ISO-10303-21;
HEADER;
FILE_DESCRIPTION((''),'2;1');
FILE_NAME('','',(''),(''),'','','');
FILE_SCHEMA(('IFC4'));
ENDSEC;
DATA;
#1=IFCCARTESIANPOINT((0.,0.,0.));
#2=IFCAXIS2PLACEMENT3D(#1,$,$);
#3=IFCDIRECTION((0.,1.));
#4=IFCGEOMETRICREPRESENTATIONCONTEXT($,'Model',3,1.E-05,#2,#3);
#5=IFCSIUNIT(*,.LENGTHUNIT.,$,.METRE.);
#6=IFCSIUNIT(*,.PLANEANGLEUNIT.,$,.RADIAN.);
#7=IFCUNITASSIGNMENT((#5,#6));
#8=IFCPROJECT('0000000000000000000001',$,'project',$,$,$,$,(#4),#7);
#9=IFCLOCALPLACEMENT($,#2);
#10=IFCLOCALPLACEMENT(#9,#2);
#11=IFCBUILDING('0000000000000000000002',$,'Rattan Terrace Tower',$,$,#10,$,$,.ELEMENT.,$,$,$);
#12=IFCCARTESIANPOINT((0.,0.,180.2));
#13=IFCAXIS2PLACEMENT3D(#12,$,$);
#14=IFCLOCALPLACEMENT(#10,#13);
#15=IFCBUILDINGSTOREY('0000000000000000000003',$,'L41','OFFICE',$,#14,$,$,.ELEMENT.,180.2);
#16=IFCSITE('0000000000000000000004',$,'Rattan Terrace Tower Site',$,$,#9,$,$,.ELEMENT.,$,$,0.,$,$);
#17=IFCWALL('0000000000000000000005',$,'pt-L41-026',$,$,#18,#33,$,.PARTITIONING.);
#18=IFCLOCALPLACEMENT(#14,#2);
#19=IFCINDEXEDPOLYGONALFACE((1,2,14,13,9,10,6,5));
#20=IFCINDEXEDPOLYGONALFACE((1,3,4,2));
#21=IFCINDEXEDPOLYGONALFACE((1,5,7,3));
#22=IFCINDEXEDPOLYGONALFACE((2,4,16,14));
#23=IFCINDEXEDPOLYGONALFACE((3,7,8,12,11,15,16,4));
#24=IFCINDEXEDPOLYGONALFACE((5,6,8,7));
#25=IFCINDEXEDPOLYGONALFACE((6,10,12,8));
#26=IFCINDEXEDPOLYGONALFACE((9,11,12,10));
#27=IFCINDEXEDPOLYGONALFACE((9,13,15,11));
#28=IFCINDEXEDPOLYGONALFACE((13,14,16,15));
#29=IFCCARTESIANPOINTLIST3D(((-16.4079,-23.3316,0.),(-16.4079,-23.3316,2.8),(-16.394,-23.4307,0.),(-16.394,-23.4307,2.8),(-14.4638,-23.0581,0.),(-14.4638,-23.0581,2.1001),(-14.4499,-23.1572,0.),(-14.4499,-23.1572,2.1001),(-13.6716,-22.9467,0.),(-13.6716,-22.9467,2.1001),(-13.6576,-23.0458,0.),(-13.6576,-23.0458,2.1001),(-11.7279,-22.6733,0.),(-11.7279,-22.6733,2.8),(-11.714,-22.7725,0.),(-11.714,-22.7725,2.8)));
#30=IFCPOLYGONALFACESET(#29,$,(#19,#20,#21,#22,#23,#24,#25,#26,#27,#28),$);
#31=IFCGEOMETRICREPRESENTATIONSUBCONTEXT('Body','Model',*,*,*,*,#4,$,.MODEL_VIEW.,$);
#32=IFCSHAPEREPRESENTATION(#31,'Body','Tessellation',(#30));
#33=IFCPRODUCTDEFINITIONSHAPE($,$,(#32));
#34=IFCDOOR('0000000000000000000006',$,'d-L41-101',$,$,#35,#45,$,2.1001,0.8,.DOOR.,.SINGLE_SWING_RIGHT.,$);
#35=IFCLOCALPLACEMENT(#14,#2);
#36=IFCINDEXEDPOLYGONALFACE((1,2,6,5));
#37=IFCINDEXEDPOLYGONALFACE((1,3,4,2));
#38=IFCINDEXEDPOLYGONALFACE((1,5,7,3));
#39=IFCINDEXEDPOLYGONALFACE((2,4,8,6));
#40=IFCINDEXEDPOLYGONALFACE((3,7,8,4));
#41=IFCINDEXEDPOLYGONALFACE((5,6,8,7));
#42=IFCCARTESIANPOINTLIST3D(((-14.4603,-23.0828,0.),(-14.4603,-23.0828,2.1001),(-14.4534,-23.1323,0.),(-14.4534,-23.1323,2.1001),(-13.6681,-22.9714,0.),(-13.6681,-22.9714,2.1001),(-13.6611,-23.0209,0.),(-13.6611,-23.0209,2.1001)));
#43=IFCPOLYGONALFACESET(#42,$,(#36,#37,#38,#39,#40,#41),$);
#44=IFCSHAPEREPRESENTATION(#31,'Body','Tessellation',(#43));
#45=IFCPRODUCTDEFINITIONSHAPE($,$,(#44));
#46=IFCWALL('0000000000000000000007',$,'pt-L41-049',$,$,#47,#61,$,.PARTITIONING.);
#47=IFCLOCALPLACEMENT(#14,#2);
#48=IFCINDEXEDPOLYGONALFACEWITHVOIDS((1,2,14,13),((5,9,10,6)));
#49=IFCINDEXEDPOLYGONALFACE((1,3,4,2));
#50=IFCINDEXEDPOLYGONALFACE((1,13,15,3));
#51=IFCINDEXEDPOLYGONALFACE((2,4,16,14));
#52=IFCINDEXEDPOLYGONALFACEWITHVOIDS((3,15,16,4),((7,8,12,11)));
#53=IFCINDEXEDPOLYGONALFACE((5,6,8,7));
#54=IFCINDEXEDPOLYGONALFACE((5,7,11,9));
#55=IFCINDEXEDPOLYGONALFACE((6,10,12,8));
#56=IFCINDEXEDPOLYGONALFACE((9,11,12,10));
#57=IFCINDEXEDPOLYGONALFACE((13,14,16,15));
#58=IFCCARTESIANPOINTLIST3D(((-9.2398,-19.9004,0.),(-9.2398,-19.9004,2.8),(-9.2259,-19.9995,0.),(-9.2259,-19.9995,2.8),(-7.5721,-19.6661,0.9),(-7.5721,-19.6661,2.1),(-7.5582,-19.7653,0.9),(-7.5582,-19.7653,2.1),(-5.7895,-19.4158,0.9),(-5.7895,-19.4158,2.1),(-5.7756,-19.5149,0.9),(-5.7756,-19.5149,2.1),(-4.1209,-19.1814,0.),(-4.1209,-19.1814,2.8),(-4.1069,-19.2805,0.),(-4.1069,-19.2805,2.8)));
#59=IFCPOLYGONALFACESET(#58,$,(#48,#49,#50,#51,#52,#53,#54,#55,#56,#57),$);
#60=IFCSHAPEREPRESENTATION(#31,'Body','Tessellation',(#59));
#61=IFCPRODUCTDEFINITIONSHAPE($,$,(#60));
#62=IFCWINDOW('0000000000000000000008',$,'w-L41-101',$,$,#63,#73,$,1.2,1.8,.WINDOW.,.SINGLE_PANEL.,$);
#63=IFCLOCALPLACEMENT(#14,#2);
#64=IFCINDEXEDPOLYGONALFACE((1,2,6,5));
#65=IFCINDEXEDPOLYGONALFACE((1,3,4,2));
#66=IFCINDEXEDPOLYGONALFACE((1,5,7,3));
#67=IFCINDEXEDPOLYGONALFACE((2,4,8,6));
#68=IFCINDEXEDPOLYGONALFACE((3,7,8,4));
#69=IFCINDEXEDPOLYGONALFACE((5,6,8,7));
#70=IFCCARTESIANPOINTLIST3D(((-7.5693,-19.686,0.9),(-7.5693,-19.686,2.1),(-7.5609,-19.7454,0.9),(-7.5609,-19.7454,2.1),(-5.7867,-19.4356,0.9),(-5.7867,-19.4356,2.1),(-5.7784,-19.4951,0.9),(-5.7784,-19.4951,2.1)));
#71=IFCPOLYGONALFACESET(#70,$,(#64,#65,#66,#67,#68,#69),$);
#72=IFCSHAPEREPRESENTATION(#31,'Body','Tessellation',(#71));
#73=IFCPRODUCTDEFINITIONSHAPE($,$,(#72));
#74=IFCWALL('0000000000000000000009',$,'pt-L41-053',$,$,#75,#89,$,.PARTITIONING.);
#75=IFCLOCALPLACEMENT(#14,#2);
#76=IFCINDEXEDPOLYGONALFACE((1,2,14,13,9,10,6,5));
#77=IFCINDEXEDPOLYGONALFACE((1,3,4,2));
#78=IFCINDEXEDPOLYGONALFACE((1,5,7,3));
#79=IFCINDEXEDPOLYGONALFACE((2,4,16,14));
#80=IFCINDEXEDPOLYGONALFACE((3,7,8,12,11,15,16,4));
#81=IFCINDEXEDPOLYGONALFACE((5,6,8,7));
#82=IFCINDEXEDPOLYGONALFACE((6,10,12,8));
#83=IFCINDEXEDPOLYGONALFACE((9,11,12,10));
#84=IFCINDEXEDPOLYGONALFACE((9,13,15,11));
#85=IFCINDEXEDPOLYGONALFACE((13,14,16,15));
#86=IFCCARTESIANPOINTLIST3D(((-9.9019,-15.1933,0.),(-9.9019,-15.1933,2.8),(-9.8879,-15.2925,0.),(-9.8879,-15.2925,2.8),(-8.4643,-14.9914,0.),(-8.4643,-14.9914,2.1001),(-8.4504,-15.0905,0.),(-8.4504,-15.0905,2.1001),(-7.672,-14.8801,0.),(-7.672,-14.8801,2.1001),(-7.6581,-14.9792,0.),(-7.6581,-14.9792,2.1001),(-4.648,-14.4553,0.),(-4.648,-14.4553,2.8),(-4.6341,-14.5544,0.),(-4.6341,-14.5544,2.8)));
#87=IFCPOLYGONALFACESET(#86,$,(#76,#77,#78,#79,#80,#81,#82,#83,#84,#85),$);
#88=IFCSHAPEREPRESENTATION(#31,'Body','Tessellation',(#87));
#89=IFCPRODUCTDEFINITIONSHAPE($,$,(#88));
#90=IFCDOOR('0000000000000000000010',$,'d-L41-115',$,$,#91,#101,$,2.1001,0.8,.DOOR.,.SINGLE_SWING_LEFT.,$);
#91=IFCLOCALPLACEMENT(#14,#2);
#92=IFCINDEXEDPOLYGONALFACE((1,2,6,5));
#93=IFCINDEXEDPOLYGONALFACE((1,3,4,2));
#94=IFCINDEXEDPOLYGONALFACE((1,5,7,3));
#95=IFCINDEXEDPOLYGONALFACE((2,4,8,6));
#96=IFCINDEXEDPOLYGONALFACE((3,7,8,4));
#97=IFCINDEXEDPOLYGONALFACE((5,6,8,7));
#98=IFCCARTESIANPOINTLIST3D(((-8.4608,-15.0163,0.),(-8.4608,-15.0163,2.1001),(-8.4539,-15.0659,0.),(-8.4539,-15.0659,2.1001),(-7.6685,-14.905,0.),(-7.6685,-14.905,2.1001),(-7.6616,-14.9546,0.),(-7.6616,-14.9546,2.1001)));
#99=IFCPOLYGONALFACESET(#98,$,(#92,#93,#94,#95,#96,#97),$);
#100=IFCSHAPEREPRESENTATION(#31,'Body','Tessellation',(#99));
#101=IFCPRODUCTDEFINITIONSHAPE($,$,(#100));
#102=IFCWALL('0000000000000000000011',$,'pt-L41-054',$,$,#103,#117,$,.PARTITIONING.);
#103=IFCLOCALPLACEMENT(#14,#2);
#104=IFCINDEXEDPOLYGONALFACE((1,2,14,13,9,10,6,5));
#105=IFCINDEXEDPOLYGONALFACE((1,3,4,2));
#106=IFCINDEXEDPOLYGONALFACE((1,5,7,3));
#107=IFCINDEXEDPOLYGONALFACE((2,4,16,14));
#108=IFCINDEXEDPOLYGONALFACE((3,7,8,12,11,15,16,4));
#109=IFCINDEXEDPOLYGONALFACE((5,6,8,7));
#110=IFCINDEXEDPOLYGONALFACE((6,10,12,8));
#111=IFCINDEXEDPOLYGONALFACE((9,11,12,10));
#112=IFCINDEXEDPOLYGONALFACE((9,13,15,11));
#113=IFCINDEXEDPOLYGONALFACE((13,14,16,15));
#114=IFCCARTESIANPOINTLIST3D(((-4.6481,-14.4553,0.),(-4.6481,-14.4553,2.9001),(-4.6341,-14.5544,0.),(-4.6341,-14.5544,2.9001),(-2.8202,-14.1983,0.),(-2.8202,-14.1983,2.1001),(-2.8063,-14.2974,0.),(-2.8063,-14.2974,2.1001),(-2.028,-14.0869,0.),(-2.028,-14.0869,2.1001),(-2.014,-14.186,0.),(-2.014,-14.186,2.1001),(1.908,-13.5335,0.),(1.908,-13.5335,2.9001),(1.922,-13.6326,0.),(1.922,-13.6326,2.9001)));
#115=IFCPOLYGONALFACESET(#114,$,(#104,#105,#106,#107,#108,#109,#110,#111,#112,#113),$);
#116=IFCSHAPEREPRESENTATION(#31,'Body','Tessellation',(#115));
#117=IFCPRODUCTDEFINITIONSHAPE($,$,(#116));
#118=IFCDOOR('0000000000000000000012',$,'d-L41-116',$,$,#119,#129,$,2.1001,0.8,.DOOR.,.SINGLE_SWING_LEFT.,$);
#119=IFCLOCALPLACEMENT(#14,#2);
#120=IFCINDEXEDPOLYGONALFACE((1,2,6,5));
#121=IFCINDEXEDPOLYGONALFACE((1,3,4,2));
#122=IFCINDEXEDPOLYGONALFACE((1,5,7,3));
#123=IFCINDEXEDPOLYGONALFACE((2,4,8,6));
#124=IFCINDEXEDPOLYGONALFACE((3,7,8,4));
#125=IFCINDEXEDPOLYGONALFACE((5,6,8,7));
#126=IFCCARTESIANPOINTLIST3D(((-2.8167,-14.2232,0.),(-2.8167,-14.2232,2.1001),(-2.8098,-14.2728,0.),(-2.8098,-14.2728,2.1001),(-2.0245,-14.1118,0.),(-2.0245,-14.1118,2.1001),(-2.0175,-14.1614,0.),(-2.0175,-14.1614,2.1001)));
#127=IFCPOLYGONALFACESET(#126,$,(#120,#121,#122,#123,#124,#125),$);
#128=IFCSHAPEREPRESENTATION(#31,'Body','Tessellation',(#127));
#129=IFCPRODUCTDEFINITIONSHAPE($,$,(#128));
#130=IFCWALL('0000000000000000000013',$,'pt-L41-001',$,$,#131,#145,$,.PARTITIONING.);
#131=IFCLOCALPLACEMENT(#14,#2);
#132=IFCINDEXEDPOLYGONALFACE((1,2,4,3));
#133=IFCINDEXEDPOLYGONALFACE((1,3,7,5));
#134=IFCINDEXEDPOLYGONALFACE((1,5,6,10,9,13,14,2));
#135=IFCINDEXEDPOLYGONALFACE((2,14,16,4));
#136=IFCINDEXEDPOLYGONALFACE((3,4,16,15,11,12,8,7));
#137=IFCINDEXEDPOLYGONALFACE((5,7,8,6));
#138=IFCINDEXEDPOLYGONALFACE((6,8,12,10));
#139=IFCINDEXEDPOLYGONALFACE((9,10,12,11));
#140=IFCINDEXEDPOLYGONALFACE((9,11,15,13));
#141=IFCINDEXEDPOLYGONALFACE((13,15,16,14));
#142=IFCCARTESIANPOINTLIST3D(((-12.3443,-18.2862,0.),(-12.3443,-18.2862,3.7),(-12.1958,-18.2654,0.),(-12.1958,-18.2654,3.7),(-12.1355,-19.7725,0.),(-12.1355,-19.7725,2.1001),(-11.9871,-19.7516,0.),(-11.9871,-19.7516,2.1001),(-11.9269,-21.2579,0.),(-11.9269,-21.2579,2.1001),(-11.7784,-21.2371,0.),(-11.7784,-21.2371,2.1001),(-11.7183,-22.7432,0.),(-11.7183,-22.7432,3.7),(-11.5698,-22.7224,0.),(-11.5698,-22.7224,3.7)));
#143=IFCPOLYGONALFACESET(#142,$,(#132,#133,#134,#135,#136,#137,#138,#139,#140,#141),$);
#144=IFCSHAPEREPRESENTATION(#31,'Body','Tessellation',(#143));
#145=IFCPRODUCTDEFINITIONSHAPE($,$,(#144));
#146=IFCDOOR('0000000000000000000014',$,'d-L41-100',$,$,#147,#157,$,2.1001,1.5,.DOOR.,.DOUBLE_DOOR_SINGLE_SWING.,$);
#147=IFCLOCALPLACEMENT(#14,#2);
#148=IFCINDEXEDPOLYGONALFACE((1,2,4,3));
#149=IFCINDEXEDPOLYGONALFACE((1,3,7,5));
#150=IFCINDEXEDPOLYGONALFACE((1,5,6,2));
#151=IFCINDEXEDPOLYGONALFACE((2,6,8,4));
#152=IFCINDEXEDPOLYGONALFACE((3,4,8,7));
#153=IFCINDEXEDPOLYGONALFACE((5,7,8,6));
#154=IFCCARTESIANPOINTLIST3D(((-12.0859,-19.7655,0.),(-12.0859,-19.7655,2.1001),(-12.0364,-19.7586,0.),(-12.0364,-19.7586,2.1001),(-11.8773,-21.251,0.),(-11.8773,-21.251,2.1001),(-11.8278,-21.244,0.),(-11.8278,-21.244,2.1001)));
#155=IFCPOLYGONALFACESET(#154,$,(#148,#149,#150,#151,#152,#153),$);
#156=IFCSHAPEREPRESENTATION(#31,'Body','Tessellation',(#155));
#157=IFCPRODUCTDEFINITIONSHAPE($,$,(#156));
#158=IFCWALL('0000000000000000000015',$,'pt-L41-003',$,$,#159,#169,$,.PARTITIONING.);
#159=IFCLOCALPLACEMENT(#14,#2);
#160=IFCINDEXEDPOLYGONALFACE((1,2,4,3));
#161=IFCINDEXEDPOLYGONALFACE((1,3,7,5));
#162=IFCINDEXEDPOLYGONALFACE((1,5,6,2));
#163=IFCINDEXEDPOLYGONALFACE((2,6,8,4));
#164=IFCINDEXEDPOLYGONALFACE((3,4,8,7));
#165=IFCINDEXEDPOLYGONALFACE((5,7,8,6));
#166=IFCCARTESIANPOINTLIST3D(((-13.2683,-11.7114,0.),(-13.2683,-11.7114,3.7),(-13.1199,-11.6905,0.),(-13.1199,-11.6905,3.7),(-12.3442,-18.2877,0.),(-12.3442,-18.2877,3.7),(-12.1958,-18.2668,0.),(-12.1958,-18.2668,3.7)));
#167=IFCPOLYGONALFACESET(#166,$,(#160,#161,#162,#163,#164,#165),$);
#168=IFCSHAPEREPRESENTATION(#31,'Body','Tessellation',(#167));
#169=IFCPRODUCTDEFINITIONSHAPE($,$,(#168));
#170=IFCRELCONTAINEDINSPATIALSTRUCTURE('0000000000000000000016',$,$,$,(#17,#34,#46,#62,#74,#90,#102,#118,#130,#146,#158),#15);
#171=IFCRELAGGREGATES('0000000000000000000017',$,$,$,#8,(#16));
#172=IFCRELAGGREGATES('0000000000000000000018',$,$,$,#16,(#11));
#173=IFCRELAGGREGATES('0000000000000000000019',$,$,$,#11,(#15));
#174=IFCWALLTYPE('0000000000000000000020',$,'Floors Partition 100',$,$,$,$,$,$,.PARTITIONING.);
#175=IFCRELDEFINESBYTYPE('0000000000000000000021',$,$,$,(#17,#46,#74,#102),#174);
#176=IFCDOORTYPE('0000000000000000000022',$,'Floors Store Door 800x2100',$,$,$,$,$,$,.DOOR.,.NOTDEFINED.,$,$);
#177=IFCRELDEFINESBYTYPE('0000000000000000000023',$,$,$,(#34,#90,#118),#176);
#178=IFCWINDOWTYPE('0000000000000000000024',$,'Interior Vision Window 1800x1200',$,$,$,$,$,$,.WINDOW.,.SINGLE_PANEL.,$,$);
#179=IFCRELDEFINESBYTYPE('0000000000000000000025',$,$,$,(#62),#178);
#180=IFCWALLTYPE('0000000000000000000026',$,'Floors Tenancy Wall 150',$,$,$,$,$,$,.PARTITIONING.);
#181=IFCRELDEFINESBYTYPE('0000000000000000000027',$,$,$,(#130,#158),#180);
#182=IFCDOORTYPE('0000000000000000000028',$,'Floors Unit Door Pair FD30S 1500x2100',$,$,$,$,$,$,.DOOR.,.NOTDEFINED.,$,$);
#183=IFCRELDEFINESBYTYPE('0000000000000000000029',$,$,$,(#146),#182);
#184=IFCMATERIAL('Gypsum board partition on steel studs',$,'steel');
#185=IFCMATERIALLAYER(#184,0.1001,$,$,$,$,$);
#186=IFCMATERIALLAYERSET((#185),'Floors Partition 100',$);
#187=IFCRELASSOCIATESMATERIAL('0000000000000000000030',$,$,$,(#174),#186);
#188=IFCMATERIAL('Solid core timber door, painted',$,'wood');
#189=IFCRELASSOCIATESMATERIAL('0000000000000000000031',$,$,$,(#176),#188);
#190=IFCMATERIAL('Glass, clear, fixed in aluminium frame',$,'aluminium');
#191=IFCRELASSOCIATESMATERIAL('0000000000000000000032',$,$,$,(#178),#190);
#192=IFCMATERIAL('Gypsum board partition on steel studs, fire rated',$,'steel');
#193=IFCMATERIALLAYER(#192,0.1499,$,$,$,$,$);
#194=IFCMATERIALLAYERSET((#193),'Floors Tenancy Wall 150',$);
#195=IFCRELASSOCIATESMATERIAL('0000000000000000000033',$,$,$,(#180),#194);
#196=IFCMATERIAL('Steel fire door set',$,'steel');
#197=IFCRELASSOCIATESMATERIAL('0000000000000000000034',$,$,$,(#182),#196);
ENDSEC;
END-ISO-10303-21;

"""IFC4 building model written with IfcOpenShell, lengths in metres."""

from ifc_helpers import new_model, si_unit, direction, frame, frame_2d, origin, place, context, subcontext, project, spatial, rectangle, extrude, material, layer, layer_set, type_object, element, fill, save


model = new_model("IFC4")

# Units and contexts
model_context = context("Model", 3, precision=1e-05, world=origin(), true_north=direction((0.0, 1.0)))
body_context = subcontext(model_context, "Body", "Model", "MODEL_VIEW")
ifc_project = project(units=[si_unit("LENGTHUNIT", "METRE"), si_unit("PLANEANGLEUNIT", "RADIAN")], contexts=[model_context])

# Site, building, storey
site_placement = place(None, origin())
site = spatial("IfcSite", under=ifc_project, at=site_placement, Name="Rattan Terrace Tower Site", CompositionType="ELEMENT", RefElevation=0.0)
building_placement = place(site_placement, origin())
building = spatial("IfcBuilding", under=site, at=building_placement, Name="Rattan Terrace Tower", CompositionType="ELEMENT")
storey_placement = place(building_placement, frame((0.0, 0.0, 180.2)))
storey = spatial("IfcBuildingStorey", under=building, at=storey_placement, Name="L41", Description="OFFICE", CompositionType="ELEMENT", Elevation=180.2)

# Wall, opening, door
ifc_material_1 = material(Name="Gypsum board partition on steel studs", Category="steel")
ifc_layer_1 = layer(ifc_material_1, 0.1001)
ifc_layer_set_1 = layer_set([ifc_layer_1], Name="Floors Partition 100")
wall_type_1 = type_object("IfcWallType", Name="Floors Partition 100", PredefinedType="PARTITIONING", material=ifc_layer_set_1)
wall_1_placement = place(storey_placement, frame((-11.7209, -22.7229, 0.0), z_axis=(0.0, 0.0, 1.0), x_axis=(-0.990254, -0.139273, 0.0)))
wall_1 = element("IfcWall", 1, at=wall_1_placement, inside=storey, type_object=wall_type_1, Name="pt-L41-026", PredefinedType="PARTITIONING", context=body_context, shape_type="SweptSolid", body=[
    extrude(rectangle(XDim=4.7261, YDim=0.1001, at=frame_2d((2.363, 0.0))), origin(), (0.0, 0.0, 1.0), 2.8),
])
opening_1_placement = place(wall_1_placement, frame((1.9629, 0.0, 0.0)))
opening_1 = element("IfcOpeningElement", 2, at=opening_1_placement, cuts=wall_1, PredefinedType="OPENING", context=body_context, shape_type="SweptSolid", body=[
    extrude(rectangle(XDim=0.8, YDim=2.1001, at=frame_2d((0.3999, 1.05))), frame((0.0, 0.0605, 0.0), z_axis=(0.0, -1.0, 0.0), x_axis=(1.0, 0.0, 0.0)), (0.0, 0.0, 1.0), 0.1211),
])
ifc_material_2 = material(Name="Solid core timber door, painted", Category="wood")
door_type_1 = type_object("IfcDoorType", Name="Floors Store Door 800x2100", OperationType="NOTDEFINED", PredefinedType="DOOR", material=ifc_material_2)
door_1_placement = place(opening_1_placement, origin())
door_1 = element("IfcDoor", 3, at=door_1_placement, inside=storey, type_object=door_type_1, Name="d-L41-101", OperationType="SINGLE_SWING_RIGHT", OverallHeight=2.1001, OverallWidth=0.8, PredefinedType="DOOR", context=body_context, shape_type="SweptSolid", body=[
    extrude(rectangle(XDim=0.8, YDim=2.1001, at=frame_2d((0.3999, 1.05))), frame((0.0, 0.0249, 0.0), z_axis=(0.0, -1.0, 0.0), x_axis=(1.0, 0.0, 0.0)), (0.0, 0.0, 1.0), 0.05),
])
fill(opening_1, door_1)

# Wall, opening, window
wall_2_placement = place(storey_placement, frame((-4.114, -19.231, 0.0), z_axis=(0.0, 0.0, 1.0), x_axis=(-0.990279, -0.139093, 0.0)))
wall_2 = element("IfcWall", 4, at=wall_2_placement, inside=storey, type_object=wall_type_1, Name="pt-L41-049", PredefinedType="PARTITIONING", context=body_context, shape_type="SweptSolid", body=[
    extrude(rectangle(XDim=5.1692, YDim=0.1001, at=frame_2d((2.5845, 0.0))), origin(), (0.0, 0.0, 1.0), 2.8),
])
opening_2_placement = place(wall_2_placement, frame((1.6851, 0.0, 0.8999)))
opening_2 = element("IfcOpeningElement", 5, at=opening_2_placement, cuts=wall_2, PredefinedType="OPENING", context=body_context, shape_type="SweptSolid", body=[
    extrude(rectangle(XDim=1.8, YDim=1.2, at=frame_2d((0.8999, 0.6001))), frame((0.0, 0.0605, 0.0), z_axis=(0.0, -1.0, 0.0), x_axis=(1.0, 0.0, 0.0)), (0.0, 0.0, 1.0), 0.1211),
])
ifc_material_3 = material(Name="Glass, clear, fixed in aluminium frame", Category="aluminium")
window_type = type_object("IfcWindowType", Name="Interior Vision Window 1800x1200", PartitioningType="SINGLE_PANEL", PredefinedType="WINDOW", material=ifc_material_3)
window_placement = place(opening_2_placement, origin())
window = element("IfcWindow", 6, at=window_placement, inside=storey, type_object=window_type, Name="w-L41-101", OverallHeight=1.2, OverallWidth=1.8, PartitioningType="SINGLE_PANEL", PredefinedType="WINDOW", context=body_context, shape_type="SweptSolid", body=[
    extrude(rectangle(XDim=1.8, YDim=1.2, at=frame_2d((0.8999, 0.6001))), frame((0.0, 0.03, 0.0), z_axis=(0.0, -1.0, 0.0), x_axis=(1.0, 0.0, 0.0)), (0.0, 0.0, 1.0), 0.0601),
])
fill(opening_2, window)

# Walls, openings, doors
wall_3_placement = place(storey_placement, frame((-9.895, -15.2429, 0.0), z_axis=(0.0, 0.0, 1.0), x_axis=(0.990277, 0.139108, 0.0)))
wall_3 = element("IfcWall", 7, at=wall_3_placement, inside=storey, type_object=wall_type_1, Name="pt-L41-053", PredefinedType="PARTITIONING", context=body_context, shape_type="SweptSolid", body=[
    extrude(rectangle(XDim=5.3054, YDim=0.1001, at=frame_2d((2.6528, 0.0))), origin(), (0.0, 0.0, 1.0), 2.8),
])
opening_3_placement = place(wall_3_placement, frame((1.4519, 0.0, 0.0)))
opening_3 = element("IfcOpeningElement", 8, at=opening_3_placement, cuts=wall_3, PredefinedType="OPENING", context=body_context, shape_type="SweptSolid", body=[
    extrude(rectangle(XDim=0.8, YDim=2.1001, at=frame_2d((0.3999, 1.05))), frame((0.0, 0.0605, 0.0), z_axis=(0.0, -1.0, 0.0), x_axis=(1.0, 0.0, 0.0)), (0.0, 0.0, 1.0), 0.1211),
])
door_2_placement = place(opening_3_placement, origin())
door_2 = element("IfcDoor", 9, at=door_2_placement, inside=storey, type_object=door_type_1, Name="d-L41-115", OperationType="SINGLE_SWING_LEFT", OverallHeight=2.1001, OverallWidth=0.8, PredefinedType="DOOR", context=body_context, shape_type="SweptSolid", body=[
    extrude(rectangle(XDim=0.8, YDim=2.1001, at=frame_2d((0.3999, 1.05))), frame((0.0, 0.0249, 0.0), z_axis=(0.0, -1.0, 0.0), x_axis=(1.0, 0.0, 0.0)), (0.0, 0.0, 1.0), 0.05),
])
fill(opening_3, door_2)
wall_4_placement = place(storey_placement, frame((-4.6411, -14.5049, 0.0), z_axis=(0.0, 0.0, 1.0), x_axis=(0.990258, 0.139242, 0.0)))
wall_4 = element("IfcWall", 10, at=wall_4_placement, inside=storey, type_object=wall_type_1, Name="pt-L41-054", PredefinedType="PARTITIONING", context=body_context, shape_type="SweptSolid", body=[
    extrude(rectangle(XDim=6.6206, YDim=0.1001, at=frame_2d((3.3103, 0.0))), origin(), (0.0, 0.0, 1.0), 2.9001),
])
opening_4_placement = place(wall_4_placement, frame((1.8459, 0.0, 0.0)))
opening_4 = element("IfcOpeningElement", 11, at=opening_4_placement, cuts=wall_4, PredefinedType="OPENING", context=body_context, shape_type="SweptSolid", body=[
    extrude(rectangle(XDim=0.8, YDim=2.1001, at=frame_2d((0.3999, 1.05))), frame((0.0, 0.0605, 0.0), z_axis=(0.0, -1.0, 0.0), x_axis=(1.0, 0.0, 0.0)), (0.0, 0.0, 1.0), 0.1211),
])
door_3_placement = place(opening_4_placement, origin())
door_3 = element("IfcDoor", 12, at=door_3_placement, inside=storey, type_object=door_type_1, Name="d-L41-116", OperationType="SINGLE_SWING_LEFT", OverallHeight=2.1001, OverallWidth=0.8, PredefinedType="DOOR", context=body_context, shape_type="SweptSolid", body=[
    extrude(rectangle(XDim=0.8, YDim=2.1001, at=frame_2d((0.3999, 1.05))), frame((0.0, 0.0249, 0.0), z_axis=(0.0, -1.0, 0.0), x_axis=(1.0, 0.0, 0.0)), (0.0, 0.0, 1.0), 0.05),
])
fill(opening_4, door_3)
ifc_material_4 = material(Name="Gypsum board partition on steel studs, fire rated", Category="steel")
ifc_layer_2 = layer(ifc_material_4, 0.1499)
ifc_layer_set_2 = layer_set([ifc_layer_2], Name="Floors Tenancy Wall 150")
wall_type_2 = type_object("IfcWallType", Name="Floors Tenancy Wall 150", PredefinedType="PARTITIONING", material=ifc_layer_set_2)
wall_5_placement = place(storey_placement, frame((-11.644, -22.7329, 0.0), z_axis=(0.0, 0.0, 1.0), x_axis=(-0.139082, 0.990281, 0.0)))
wall_5 = element("IfcWall", 13, at=wall_5_placement, inside=storey, type_object=wall_type_2, Name="pt-L41-001", PredefinedType="PARTITIONING", context=body_context, shape_type="SweptSolid", body=[
    extrude(rectangle(XDim=4.5007, YDim=0.1499, at=frame_2d((2.2505, 0.0))), origin(), (0.0, 0.0, 1.0), 3.7),
])
opening_5_placement = place(wall_5_placement, frame((1.5, 0.0, 0.0)))
opening_5 = element("IfcOpeningElement", 14, at=opening_5_placement, cuts=wall_5, PredefinedType="OPENING", context=body_context, shape_type="SweptSolid", body=[
    extrude(rectangle(XDim=1.5, YDim=2.1001, at=frame_2d((0.75, 1.05))), frame((0.0, 0.0854, 0.0), z_axis=(0.0, -1.0, 0.0), x_axis=(1.0, 0.0, 0.0)), (0.0, 0.0, 1.0), 0.1709),
])
ifc_material_5 = material(Name="Steel fire door set", Category="steel")
door_type_2 = type_object("IfcDoorType", Name="Floors Unit Door Pair FD30S 1500x2100", OperationType="NOTDEFINED", PredefinedType="DOOR", material=ifc_material_5)
door_4_placement = place(opening_5_placement, origin())
door_4 = element("IfcDoor", 15, at=door_4_placement, inside=storey, type_object=door_type_2, Name="d-L41-100", OperationType="DOUBLE_DOOR_SINGLE_SWING", OverallHeight=2.1001, OverallWidth=1.5, PredefinedType="DOOR", context=body_context, shape_type="SweptSolid", body=[
    extrude(rectangle(XDim=1.5, YDim=2.1001, at=frame_2d((0.75, 1.05))), frame((0.0, 0.0249, 0.0), z_axis=(0.0, -1.0, 0.0), x_axis=(1.0, 0.0, 0.0)), (0.0, 0.0, 1.0), 0.05),
])
fill(opening_5, door_4)

# Wall
wall_6_placement = place(storey_placement, frame((-12.27, -18.2771, 0.0), z_axis=(0.0, 0.0, 1.0), x_axis=(-0.139151, 0.990271, 0.0)))
element("IfcWall", 16, at=wall_6_placement, inside=storey, type_object=wall_type_2, Name="pt-L41-003", PredefinedType="PARTITIONING", context=body_context, shape_type="SweptSolid", body=[
    extrude(rectangle(XDim=6.6409, YDim=0.1499, at=frame_2d((3.3203, 0.0))), origin(), (0.0, 0.0, 1.0), 3.7),
])

save(model, "model.ifc")
